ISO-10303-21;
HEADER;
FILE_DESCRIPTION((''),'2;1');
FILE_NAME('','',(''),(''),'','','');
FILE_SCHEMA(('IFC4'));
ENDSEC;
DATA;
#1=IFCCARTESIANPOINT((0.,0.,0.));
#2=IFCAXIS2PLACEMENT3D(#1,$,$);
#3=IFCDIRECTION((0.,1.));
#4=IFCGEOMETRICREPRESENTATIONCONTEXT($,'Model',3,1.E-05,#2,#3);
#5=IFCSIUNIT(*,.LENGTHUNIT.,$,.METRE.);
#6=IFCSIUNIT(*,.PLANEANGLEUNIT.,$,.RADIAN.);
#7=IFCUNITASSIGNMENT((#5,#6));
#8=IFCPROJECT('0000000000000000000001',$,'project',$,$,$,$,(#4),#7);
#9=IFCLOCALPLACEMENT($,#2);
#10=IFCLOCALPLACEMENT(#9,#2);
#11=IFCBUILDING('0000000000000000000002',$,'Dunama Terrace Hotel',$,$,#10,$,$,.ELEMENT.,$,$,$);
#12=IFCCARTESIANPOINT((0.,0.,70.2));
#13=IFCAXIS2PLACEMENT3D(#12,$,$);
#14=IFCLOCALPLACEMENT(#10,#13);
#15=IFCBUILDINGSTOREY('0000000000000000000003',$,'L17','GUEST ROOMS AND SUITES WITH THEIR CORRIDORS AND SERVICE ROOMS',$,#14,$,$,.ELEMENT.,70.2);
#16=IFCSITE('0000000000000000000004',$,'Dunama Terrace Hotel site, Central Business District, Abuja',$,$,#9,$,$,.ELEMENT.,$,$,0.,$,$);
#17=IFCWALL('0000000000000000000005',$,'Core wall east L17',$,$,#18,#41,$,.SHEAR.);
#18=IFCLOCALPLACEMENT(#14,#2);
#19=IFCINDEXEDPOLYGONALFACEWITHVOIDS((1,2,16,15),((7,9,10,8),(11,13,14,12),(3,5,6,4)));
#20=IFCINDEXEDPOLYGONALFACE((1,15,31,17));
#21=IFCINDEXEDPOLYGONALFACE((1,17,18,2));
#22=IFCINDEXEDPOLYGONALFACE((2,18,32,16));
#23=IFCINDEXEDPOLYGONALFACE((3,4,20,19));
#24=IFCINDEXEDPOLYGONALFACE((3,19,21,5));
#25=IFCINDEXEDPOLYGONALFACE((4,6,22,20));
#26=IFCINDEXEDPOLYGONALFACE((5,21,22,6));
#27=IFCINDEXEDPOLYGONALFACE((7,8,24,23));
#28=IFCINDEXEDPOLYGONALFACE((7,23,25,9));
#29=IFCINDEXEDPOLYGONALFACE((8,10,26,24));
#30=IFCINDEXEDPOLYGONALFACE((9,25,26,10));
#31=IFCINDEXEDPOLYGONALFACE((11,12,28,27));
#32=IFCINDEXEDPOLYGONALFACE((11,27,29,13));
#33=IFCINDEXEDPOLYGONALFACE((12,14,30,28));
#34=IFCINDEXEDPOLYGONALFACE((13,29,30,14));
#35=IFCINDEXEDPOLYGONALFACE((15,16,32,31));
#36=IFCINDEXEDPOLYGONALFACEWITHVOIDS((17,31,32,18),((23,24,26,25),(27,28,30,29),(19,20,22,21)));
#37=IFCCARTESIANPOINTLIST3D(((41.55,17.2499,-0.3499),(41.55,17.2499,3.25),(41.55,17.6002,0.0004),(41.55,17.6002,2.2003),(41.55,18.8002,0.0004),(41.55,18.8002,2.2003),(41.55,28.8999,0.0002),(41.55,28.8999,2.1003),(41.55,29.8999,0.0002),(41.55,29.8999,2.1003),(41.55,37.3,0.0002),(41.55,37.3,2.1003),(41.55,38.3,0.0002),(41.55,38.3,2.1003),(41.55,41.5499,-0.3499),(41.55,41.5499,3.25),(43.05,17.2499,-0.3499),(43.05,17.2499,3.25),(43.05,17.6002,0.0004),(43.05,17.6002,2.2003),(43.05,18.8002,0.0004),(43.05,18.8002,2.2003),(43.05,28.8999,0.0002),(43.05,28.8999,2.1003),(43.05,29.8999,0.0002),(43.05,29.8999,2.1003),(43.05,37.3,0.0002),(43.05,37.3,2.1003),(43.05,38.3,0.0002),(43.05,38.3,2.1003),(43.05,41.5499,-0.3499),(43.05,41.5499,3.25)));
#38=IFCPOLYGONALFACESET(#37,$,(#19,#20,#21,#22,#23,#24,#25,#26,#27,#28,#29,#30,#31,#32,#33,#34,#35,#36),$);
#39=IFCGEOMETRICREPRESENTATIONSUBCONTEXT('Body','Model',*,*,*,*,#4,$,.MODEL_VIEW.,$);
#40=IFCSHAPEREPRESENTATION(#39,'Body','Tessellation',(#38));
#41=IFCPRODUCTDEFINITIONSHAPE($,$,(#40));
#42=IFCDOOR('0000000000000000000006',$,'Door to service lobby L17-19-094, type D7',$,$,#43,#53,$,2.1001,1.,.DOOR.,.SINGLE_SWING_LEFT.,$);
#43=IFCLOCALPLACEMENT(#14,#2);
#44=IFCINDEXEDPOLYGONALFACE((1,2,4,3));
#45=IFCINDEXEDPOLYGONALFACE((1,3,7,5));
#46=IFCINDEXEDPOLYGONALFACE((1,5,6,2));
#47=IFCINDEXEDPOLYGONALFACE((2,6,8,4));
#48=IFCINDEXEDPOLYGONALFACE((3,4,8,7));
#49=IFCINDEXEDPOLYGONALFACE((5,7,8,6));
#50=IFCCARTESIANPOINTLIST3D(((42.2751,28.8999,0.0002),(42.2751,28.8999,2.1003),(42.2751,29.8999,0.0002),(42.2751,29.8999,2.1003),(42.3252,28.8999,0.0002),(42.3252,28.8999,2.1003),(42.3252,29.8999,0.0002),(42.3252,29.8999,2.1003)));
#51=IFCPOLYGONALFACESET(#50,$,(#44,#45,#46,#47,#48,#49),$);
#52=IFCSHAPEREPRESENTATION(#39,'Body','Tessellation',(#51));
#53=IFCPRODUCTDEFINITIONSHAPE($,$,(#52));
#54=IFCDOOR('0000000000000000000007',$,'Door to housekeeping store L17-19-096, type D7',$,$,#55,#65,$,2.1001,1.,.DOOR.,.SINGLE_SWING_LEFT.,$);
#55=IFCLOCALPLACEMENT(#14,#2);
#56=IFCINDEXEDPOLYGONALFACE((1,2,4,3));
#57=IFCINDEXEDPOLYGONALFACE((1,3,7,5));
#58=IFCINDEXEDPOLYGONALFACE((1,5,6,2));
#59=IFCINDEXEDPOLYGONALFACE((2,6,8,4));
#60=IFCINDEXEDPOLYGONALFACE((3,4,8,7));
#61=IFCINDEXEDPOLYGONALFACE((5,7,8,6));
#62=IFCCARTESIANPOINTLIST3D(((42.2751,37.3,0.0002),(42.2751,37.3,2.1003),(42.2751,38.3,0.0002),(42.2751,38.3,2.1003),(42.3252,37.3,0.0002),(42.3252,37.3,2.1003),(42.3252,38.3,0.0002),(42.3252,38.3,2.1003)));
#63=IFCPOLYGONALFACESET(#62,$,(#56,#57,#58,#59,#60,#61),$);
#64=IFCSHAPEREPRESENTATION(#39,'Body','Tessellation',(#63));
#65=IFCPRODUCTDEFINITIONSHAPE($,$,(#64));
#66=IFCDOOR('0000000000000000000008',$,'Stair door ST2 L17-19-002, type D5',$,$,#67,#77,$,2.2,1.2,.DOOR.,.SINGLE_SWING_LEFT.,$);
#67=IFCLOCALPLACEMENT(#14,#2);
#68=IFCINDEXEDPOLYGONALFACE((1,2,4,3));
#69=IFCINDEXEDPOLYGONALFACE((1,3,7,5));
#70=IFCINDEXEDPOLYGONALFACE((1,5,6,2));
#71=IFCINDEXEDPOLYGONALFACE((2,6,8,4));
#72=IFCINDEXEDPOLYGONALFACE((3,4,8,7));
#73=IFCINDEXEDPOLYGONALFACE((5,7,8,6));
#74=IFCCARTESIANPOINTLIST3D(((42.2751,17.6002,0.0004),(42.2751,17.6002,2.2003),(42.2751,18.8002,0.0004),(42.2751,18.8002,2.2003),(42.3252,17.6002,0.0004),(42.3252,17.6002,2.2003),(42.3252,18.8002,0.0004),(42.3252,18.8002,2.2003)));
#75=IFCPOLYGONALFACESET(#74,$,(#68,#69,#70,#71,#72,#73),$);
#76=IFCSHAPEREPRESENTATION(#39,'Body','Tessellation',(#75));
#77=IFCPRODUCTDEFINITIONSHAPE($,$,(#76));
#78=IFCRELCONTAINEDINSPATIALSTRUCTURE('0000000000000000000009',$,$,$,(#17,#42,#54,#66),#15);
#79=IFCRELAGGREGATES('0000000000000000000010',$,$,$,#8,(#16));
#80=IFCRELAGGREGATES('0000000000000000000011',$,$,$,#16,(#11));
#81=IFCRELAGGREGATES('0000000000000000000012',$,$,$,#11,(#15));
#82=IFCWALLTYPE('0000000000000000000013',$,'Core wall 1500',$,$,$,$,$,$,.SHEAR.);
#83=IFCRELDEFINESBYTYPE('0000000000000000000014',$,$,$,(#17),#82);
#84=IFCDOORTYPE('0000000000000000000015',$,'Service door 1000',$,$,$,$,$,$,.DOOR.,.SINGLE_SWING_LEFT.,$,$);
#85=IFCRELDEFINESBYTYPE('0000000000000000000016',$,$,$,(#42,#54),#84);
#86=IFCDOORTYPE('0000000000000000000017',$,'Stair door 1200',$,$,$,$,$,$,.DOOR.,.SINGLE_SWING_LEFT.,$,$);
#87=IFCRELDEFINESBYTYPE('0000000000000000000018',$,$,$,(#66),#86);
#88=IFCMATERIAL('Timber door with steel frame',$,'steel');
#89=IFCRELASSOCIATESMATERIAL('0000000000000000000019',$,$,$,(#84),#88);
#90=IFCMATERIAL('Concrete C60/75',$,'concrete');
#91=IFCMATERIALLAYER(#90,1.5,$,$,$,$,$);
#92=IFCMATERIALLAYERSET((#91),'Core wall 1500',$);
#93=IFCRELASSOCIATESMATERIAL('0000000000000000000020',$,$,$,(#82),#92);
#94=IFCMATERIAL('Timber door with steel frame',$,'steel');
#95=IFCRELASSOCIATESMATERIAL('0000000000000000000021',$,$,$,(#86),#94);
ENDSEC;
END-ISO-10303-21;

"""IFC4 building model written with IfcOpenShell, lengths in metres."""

from ifc_helpers import new_model, si_unit, direction, frame, frame_2d, origin, place, context, subcontext, project, spatial, rectangle, extrude, material, layer, layer_set, type_object, element, fill, save


model = new_model("IFC4")

# Units and contexts
model_context = context("Model", 3, precision=1e-05, world=origin(), true_north=direction((0.0, 1.0)))
body_context = subcontext(model_context, "Body", "Model", "MODEL_VIEW")
ifc_project = project(units=[si_unit("LENGTHUNIT", "METRE"), si_unit("PLANEANGLEUNIT", "RADIAN")], contexts=[model_context])

# Site, building, storey
site_placement = place(None, origin())
site = spatial("IfcSite", under=ifc_project, at=site_placement, Name="Dunama Terrace Hotel site, Central Business District, Abuja", CompositionType="ELEMENT", RefElevation=0.0)
building_placement = place(site_placement, origin())
building = spatial("IfcBuilding", under=site, at=building_placement, Name="Dunama Terrace Hotel", CompositionType="ELEMENT")
storey_placement = place(building_placement, frame((0.0, 0.0, 70.2)))
storey = spatial("IfcBuildingStorey", under=building, at=storey_placement, Name="L17", Description="GUEST ROOMS AND SUITES WITH THEIR CORRIDORS AND SERVICE ROOMS", CompositionType="ELEMENT", Elevation=70.2)

# Shared definitions
ifc_material_1 = material(Name="Timber door with steel frame", Category="steel")
door_type_1 = type_object("IfcDoorType", Name="Service door 1000", OperationType="SINGLE_SWING_LEFT", PredefinedType="DOOR", material=ifc_material_1)

# Wall, openings, doors
ifc_material_2 = material(Name="Concrete C60/75", Category="concrete")
ifc_layer_1 = layer(ifc_material_2, 1.5)
ifc_layer_set_1 = layer_set([ifc_layer_1], Name="Core wall 1500")
wall_type_1 = type_object("IfcWallType", Name="Core wall 1500", PredefinedType="SHEAR", material=ifc_layer_set_1)
wall_1_placement = place(storey_placement, frame((42.3, 17.25, -0.3499), z_axis=(0.0, 0.0, 1.0), x_axis=(0.0, 1.0, 0.0)))
wall_1 = element("IfcWall", 1, at=wall_1_placement, inside=storey, type_object=wall_type_1, Name="Core wall east L17", PredefinedType="SHEAR", context=body_context, shape_type="SweptSolid", body=[
    extrude(rectangle(XDim=24.3, YDim=1.5, at=frame_2d((12.1499, 0.0))), origin(), (0.0, 0.0, 1.0), 3.5999),
])
opening_1_placement = place(wall_1_placement, frame((0.3501, 0.0, 0.3501)))
opening_1 = element("IfcOpeningElement", 2, at=opening_1_placement, cuts=wall_1, PredefinedType="OPENING", context=body_context, shape_type="SweptSolid", body=[
    extrude(rectangle(XDim=1.2, YDim=2.2, at=frame_2d((0.6001, 1.1001))), frame((0.0, 0.76, 0.0), z_axis=(0.0, -1.0, 0.0), x_axis=(1.0, 0.0, 0.0)), (0.0, 0.0, 1.0), 1.52),
])
opening_2_placement = place(wall_1_placement, frame((11.6499, 0.0, 0.3501)))
opening_2 = element("IfcOpeningElement", 3, at=opening_2_placement, cuts=wall_1, PredefinedType="OPENING", context=body_context, shape_type="SweptSolid", body=[
    extrude(rectangle(XDim=1.0, YDim=2.1001, at=frame_2d((0.5, 1.05))), frame((0.0, 0.76, 0.0), z_axis=(0.0, -1.0, 0.0), x_axis=(1.0, 0.0, 0.0)), (0.0, 0.0, 1.0), 1.52),
])
opening_3_placement = place(wall_1_placement, frame((20.05, 0.0, 0.3501)))
opening_3 = element("IfcOpeningElement", 4, at=opening_3_placement, cuts=wall_1, PredefinedType="OPENING", context=body_context, shape_type="SweptSolid", body=[
    extrude(rectangle(XDim=1.0, YDim=2.1001, at=frame_2d((0.5, 1.05))), frame((0.0, 0.76, 0.0), z_axis=(0.0, -1.0, 0.0), x_axis=(1.0, 0.0, 0.0)), (0.0, 0.0, 1.0), 1.52),
])
door_1_placement = place(opening_2_placement, origin())
door_1 = element("IfcDoor", 5, at=door_1_placement, inside=storey, type_object=door_type_1, Name="Door to service lobby L17-19-094, type D7", OperationType="SINGLE_SWING_LEFT", OverallHeight=2.1001, OverallWidth=1.0, PredefinedType="DOOR", context=body_context, shape_type="SweptSolid", body=[
    extrude(rectangle(XDim=1.0, YDim=2.1001, at=frame_2d((0.5, 1.05))), frame((0.0, 0.0249, 0.0), z_axis=(0.0, -1.0, 0.0), x_axis=(1.0, 0.0, 0.0)), (0.0, 0.0, 1.0), 0.05),
])
fill(opening_2, door_1)
door_2_placement = place(opening_3_placement, origin())
door_2 = element("IfcDoor", 6, at=door_2_placement, inside=storey, type_object=door_type_1, Name="Door to housekeeping store L17-19-096, type D7", OperationType="SINGLE_SWING_LEFT", OverallHeight=2.1001, OverallWidth=1.0, PredefinedType="DOOR", context=body_context, shape_type="SweptSolid", body=[
    extrude(rectangle(XDim=1.0, YDim=2.1001, at=frame_2d((0.5, 1.05))), frame((0.0, 0.0249, 0.0), z_axis=(0.0, -1.0, 0.0), x_axis=(1.0, 0.0, 0.0)), (0.0, 0.0, 1.0), 0.05),
])
fill(opening_3, door_2)
ifc_material_3 = material(Name="Timber door with steel frame", Category="steel")
door_type_2 = type_object("IfcDoorType", Name="Stair door 1200", OperationType="SINGLE_SWING_LEFT", PredefinedType="DOOR", material=ifc_material_3)
door_3_placement = place(opening_1_placement, origin())
door_3 = element("IfcDoor", 7, at=door_3_placement, inside=storey, type_object=door_type_2, Name="Stair door ST2 L17-19-002, type D5", OperationType="SINGLE_SWING_LEFT", OverallHeight=2.2, OverallWidth=1.2, PredefinedType="DOOR", context=body_context, shape_type="SweptSolid", body=[
    extrude(rectangle(XDim=1.2, YDim=2.2, at=frame_2d((0.6001, 1.1001))), frame((0.0, 0.0249, 0.0), z_axis=(0.0, -1.0, 0.0), x_axis=(1.0, 0.0, 0.0)), (0.0, 0.0, 1.0), 0.05),
])
fill(opening_1, door_3)

save(model, "model.ifc")
